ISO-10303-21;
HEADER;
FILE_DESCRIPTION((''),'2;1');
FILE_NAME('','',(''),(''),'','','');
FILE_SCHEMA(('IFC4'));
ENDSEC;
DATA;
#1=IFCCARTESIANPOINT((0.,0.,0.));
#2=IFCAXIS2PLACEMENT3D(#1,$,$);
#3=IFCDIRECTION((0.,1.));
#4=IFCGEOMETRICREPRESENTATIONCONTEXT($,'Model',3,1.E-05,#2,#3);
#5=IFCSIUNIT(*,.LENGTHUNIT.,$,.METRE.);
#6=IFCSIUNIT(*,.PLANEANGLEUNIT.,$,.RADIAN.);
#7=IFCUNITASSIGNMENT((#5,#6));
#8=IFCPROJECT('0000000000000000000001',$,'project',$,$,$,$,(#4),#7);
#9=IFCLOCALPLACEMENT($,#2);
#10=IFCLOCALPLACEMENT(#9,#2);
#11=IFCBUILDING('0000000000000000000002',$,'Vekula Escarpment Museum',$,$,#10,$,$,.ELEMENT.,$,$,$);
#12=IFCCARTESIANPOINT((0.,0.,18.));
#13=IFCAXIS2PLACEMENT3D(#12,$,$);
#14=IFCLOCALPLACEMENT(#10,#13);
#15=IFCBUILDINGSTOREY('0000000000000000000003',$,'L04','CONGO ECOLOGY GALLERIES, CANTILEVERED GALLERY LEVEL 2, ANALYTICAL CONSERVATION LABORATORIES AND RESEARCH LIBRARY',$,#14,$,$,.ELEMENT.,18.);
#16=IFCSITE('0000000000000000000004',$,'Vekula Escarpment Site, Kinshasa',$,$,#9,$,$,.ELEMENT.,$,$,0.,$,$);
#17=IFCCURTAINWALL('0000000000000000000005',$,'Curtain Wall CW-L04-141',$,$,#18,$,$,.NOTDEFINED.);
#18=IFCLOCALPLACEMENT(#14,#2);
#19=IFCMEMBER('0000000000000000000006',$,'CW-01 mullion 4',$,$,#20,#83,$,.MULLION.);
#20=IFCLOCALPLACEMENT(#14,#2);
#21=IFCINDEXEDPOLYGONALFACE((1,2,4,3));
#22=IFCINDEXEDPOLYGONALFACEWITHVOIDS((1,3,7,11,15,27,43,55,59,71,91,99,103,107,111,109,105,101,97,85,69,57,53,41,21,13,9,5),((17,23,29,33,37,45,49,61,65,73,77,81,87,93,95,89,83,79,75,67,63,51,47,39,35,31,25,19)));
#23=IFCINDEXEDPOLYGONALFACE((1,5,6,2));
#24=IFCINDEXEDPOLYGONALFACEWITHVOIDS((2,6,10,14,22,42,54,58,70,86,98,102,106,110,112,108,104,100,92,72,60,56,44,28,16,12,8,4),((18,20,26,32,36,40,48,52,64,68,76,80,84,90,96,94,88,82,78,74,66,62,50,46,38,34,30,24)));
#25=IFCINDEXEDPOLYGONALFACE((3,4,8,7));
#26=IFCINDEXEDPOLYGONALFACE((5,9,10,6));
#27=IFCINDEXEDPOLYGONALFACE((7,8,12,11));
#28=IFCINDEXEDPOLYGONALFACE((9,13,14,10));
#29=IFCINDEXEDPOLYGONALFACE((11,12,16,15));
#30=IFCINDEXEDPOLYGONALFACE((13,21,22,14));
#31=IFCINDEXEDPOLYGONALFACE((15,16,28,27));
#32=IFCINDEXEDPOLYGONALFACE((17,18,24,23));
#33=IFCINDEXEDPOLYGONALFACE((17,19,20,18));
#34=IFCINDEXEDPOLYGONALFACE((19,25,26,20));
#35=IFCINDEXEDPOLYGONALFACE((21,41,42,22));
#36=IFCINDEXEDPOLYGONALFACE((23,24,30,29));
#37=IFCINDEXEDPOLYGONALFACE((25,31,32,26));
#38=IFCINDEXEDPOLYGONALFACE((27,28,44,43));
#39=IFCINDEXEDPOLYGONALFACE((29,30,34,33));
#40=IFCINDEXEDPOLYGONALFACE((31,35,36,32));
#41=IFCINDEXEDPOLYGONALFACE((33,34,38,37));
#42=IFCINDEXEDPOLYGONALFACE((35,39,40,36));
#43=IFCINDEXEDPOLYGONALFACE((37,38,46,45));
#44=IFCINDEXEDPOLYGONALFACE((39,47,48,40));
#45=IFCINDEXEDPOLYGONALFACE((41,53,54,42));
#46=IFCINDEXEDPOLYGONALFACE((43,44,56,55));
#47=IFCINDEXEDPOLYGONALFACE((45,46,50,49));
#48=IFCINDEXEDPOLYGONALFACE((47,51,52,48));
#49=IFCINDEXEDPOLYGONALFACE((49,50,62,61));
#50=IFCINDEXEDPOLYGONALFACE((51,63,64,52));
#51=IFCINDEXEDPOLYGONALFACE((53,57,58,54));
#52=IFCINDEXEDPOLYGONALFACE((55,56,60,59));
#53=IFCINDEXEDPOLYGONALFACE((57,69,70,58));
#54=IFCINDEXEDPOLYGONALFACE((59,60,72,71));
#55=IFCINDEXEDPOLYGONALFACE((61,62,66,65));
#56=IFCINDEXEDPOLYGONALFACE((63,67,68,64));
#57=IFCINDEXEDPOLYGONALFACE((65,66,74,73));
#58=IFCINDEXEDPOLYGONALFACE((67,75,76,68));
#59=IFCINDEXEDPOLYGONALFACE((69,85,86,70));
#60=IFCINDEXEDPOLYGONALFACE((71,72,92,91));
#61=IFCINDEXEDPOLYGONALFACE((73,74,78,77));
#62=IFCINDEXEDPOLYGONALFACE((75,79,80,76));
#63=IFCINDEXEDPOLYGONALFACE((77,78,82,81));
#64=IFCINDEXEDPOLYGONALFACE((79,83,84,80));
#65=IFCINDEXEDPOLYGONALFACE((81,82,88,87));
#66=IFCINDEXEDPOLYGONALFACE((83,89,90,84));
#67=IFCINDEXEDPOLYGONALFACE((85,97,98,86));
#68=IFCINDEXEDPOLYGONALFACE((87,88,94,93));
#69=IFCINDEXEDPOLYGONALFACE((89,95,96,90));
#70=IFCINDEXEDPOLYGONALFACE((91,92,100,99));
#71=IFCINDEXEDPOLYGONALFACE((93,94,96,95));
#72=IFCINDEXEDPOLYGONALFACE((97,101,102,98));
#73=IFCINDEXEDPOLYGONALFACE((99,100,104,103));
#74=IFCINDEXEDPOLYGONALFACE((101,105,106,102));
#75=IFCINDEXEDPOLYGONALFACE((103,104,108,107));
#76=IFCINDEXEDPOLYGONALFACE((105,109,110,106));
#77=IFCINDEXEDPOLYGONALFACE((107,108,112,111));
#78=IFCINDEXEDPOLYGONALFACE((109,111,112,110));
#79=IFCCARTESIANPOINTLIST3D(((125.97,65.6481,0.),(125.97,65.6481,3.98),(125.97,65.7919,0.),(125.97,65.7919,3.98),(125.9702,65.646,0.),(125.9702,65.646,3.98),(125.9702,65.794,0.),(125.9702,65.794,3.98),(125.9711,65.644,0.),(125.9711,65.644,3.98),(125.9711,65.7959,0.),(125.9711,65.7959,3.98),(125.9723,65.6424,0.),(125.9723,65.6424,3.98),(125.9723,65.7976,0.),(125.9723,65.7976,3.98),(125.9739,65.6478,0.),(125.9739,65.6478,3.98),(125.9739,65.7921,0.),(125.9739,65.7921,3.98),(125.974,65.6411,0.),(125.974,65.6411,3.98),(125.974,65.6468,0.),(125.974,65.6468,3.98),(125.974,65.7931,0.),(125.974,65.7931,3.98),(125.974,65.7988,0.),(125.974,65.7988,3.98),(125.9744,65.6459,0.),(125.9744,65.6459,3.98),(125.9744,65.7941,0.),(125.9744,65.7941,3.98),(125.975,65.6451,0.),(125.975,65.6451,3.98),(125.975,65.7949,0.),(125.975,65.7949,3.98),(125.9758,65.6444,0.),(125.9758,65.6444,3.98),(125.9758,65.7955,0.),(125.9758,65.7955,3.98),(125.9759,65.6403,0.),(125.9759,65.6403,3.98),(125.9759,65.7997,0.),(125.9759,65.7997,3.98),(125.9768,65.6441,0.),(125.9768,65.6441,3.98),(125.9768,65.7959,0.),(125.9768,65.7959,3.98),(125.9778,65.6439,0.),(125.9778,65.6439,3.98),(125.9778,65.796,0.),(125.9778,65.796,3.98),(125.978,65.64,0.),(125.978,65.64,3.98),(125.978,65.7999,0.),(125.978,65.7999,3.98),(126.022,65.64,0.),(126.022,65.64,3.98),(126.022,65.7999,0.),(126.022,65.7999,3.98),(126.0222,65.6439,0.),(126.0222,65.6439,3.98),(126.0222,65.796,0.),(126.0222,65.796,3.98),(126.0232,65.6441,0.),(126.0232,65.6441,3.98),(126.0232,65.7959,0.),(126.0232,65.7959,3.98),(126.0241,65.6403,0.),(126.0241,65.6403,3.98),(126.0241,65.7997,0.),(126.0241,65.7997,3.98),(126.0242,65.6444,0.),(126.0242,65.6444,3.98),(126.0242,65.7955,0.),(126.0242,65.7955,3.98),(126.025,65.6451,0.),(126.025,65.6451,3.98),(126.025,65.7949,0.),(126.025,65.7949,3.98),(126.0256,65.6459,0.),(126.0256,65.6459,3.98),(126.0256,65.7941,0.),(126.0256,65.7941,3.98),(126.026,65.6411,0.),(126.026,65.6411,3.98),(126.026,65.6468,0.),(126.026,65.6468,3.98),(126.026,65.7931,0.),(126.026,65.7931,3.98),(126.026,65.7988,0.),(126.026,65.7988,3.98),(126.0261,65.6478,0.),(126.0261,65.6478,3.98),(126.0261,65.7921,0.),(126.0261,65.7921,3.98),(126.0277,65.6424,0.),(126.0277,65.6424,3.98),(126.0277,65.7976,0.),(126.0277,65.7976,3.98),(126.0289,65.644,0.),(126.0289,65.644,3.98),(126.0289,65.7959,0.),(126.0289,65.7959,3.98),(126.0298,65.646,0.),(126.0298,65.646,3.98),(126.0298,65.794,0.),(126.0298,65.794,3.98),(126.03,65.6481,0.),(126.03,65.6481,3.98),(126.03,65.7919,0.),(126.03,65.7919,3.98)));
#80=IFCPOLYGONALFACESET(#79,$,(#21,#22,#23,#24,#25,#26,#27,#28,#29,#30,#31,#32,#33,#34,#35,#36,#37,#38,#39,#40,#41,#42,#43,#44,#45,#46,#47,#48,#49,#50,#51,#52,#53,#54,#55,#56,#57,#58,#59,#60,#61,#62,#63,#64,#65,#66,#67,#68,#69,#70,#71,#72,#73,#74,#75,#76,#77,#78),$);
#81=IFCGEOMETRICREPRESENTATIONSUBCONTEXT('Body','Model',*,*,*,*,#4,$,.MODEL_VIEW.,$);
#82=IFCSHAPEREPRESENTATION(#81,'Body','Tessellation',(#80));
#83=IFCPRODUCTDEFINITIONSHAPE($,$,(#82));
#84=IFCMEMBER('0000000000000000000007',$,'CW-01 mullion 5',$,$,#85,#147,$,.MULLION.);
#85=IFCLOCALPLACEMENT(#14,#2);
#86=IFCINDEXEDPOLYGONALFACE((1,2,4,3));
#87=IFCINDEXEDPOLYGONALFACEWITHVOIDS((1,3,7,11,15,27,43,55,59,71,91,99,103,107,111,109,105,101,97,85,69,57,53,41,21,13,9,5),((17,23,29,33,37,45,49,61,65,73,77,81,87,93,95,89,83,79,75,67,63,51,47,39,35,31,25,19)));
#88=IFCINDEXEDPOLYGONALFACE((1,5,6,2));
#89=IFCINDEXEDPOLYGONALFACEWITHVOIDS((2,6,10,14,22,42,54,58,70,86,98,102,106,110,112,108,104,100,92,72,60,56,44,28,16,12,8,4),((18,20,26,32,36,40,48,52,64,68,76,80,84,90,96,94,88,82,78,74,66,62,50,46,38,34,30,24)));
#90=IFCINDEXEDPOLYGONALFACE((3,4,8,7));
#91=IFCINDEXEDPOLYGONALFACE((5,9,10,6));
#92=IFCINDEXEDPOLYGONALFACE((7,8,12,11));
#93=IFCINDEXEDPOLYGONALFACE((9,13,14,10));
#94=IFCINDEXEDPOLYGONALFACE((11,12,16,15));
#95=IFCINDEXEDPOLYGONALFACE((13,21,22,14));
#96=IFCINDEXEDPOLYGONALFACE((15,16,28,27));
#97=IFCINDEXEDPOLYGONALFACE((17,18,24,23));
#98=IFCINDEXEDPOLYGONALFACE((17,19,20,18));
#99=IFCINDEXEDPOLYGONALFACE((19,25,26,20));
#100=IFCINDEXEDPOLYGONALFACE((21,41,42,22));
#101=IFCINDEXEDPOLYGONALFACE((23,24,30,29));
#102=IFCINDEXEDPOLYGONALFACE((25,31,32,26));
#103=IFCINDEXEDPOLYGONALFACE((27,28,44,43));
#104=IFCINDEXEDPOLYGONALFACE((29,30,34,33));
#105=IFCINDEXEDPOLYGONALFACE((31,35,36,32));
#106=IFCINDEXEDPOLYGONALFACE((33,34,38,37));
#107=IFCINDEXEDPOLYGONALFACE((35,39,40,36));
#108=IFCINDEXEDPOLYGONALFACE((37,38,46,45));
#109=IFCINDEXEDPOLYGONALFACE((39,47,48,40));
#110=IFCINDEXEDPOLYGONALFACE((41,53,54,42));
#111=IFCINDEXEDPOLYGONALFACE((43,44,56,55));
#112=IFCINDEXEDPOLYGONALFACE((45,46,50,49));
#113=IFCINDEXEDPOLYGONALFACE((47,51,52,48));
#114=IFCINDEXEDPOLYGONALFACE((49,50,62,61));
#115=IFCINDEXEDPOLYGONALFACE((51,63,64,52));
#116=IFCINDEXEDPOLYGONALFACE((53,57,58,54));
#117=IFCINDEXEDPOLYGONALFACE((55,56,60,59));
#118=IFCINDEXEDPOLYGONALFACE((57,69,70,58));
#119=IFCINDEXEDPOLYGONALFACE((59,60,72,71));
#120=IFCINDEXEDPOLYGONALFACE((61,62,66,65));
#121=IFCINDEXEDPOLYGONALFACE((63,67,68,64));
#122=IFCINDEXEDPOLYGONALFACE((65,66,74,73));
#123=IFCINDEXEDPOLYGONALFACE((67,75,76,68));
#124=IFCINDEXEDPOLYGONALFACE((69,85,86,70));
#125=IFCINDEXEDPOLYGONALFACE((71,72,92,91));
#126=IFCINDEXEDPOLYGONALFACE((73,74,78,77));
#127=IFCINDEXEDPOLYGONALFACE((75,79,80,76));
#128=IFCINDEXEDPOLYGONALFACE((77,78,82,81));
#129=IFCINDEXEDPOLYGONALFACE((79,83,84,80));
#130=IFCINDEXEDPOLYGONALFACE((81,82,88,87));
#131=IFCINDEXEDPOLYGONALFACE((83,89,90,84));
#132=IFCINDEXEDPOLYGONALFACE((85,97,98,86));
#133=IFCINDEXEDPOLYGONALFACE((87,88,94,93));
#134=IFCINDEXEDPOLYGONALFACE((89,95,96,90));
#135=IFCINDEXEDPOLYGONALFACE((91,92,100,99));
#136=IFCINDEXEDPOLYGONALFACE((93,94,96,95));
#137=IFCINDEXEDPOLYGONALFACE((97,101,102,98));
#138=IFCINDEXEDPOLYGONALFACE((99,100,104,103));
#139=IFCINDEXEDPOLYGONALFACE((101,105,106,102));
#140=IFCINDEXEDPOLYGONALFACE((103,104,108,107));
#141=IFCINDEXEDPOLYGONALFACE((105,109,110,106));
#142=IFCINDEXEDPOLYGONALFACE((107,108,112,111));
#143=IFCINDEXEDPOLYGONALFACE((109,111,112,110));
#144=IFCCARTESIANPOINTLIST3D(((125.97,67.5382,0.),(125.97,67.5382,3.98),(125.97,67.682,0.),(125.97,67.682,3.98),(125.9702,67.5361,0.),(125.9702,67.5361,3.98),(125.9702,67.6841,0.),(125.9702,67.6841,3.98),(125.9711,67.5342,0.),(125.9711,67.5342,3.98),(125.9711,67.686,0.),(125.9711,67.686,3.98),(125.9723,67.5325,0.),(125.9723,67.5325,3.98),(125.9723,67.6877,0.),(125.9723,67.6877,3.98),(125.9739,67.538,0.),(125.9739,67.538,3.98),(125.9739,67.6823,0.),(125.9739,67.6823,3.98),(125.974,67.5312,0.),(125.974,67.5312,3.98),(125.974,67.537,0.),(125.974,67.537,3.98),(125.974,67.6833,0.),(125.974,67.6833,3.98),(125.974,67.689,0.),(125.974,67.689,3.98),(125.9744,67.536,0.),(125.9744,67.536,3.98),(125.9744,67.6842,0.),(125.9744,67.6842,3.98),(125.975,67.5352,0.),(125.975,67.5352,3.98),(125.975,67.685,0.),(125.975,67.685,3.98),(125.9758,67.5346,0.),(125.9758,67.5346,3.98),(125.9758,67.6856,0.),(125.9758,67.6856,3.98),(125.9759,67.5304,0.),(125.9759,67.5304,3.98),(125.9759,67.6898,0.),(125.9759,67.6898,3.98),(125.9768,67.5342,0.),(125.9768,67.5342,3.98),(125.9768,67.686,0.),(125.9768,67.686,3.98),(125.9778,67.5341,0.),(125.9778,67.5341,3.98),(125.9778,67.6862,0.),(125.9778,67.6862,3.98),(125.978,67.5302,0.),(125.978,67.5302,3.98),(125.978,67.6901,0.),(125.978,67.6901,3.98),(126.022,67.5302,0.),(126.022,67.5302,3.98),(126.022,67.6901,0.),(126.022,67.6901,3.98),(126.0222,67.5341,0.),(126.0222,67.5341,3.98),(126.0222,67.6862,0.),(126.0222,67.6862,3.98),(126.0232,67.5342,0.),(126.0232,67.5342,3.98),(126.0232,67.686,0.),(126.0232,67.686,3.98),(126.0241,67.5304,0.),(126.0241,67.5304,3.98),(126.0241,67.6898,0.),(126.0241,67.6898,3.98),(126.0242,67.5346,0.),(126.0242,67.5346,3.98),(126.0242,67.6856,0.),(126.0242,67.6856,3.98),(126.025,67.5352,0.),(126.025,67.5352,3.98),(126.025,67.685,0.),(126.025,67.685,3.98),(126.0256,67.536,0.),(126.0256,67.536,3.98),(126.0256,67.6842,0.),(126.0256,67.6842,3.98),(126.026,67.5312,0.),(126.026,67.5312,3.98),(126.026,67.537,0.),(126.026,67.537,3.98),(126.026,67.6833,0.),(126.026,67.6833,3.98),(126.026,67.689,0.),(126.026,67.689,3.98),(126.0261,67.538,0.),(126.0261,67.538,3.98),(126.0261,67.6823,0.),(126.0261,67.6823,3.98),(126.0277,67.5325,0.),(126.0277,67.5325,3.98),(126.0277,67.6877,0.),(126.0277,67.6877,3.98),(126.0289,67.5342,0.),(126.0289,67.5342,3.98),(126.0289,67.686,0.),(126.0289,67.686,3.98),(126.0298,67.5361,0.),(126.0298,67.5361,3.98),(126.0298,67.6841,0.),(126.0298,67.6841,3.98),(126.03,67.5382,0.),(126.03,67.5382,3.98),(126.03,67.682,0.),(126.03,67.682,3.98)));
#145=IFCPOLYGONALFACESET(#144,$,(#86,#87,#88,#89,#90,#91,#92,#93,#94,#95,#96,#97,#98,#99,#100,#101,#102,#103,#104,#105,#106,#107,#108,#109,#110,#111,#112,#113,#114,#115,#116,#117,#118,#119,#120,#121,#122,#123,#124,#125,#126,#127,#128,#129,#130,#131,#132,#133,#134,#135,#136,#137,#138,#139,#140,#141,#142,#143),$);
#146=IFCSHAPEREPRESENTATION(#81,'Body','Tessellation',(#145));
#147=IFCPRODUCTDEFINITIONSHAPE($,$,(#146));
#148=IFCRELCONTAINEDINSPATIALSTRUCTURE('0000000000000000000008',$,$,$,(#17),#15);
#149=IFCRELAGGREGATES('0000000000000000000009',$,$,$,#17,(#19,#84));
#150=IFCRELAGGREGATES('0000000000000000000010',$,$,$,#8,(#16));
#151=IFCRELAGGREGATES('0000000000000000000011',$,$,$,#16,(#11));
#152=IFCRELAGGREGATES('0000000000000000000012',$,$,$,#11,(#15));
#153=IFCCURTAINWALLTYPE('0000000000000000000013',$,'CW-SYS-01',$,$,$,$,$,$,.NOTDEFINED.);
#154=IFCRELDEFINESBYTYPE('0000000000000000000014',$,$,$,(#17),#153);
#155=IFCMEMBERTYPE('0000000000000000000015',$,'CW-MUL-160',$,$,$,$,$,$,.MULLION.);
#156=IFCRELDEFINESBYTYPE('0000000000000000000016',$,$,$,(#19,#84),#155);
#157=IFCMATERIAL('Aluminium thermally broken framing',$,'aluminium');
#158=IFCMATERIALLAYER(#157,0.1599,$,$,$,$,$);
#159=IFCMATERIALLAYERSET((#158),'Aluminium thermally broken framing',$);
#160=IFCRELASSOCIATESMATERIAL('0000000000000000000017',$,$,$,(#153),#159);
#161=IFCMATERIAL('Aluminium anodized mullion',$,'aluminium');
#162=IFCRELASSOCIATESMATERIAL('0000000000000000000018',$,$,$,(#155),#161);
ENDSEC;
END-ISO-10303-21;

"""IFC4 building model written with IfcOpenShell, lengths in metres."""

from ifc_helpers import new_model, si_unit, direction, frame, origin, origin_2d, place, context, subcontext, project, spatial, hollow_rectangle, extrude, material, layer, layer_set, material_profile, profile_set, type_object, element, aggregate, save


model = new_model("IFC4")

# Units and contexts
model_context = context("Model", 3, precision=1e-05, world=origin(), true_north=direction((0.0, 1.0)))
body_context = subcontext(model_context, "Body", "Model", "MODEL_VIEW")
ifc_project = project(units=[si_unit("LENGTHUNIT", "METRE"), si_unit("PLANEANGLEUNIT", "RADIAN")], contexts=[model_context])

# Site, building, storey
site_placement = place(None, origin())
site = spatial("IfcSite", under=ifc_project, at=site_placement, Name="Vekula Escarpment Site, Kinshasa", CompositionType="ELEMENT", RefElevation=0.0)
building_placement = place(site_placement, origin())
building = spatial("IfcBuilding", under=site, at=building_placement, Name="Vekula Escarpment Museum", CompositionType="ELEMENT")
storey_placement = place(building_placement, frame((0.0, 0.0, 18.0)))
storey = spatial("IfcBuildingStorey", under=building, at=storey_placement, Name="L04", Description="CONGO ECOLOGY GALLERIES, CANTILEVERED GALLERY LEVEL 2, ANALYTICAL CONSERVATION LABORATORIES AND RESEARCH LIBRARY", CompositionType="ELEMENT", Elevation=18.0)

# Curtain wall, members
ifc_material_1 = material(Name="Aluminium thermally broken framing", Category="aluminium")
ifc_layer_1 = layer(ifc_material_1, 0.1599)
ifc_layer_set_1 = layer_set([ifc_layer_1], Name="Aluminium thermally broken framing")
curtain_wall_type = type_object("IfcCurtainWallType", Name="CW-SYS-01", PredefinedType="NOTDEFINED", material=ifc_layer_set_1)
curtain_wall_placement = place(storey_placement, origin())
curtain_wall = element("IfcCurtainWall", 1, at=curtain_wall_placement, inside=storey, type_object=curtain_wall_type, Name="Curtain Wall CW-L04-141", PredefinedType="NOTDEFINED")
ifc_material_2 = material(Name="Aluminium anodized mullion", Category="aluminium")
ifc_material_profile_1 = material_profile(ifc_material_2, hollow_rectangle(XDim=0.0601, YDim=0.1599, WallThickness=0.0039, InnerFilletRadius=0.0039, OuterFilletRadius=0.0081, at=origin_2d()), Name="ALU 160x60x4")
ifc_profile_set_1 = profile_set([ifc_material_profile_1], Name="Aluminium anodized mullion")
member_type_1 = type_object("IfcMemberType", Name="CW-MUL-160", PredefinedType="MULLION", material=ifc_profile_set_1)
member_1_placement = place(storey_placement, frame((126.0, 65.72, 0.0), z_axis=(0.0, 0.0, 1.0), x_axis=(-1.0, 0.0, 0.0)))
member_1 = element("IfcMember", 2, at=member_1_placement, type_object=member_type_1, Name="CW-01 mullion 4", PredefinedType="MULLION", context=body_context, shape_type="SweptSolid", body=[
    extrude(hollow_rectangle(XDim=0.0601, YDim=0.1599, WallThickness=0.0039, InnerFilletRadius=0.0039, OuterFilletRadius=0.0081, at=origin_2d()), origin(), (0.0, 0.0, 1.0), 3.98),
])
member_2_placement = place(storey_placement, frame((126.0, 67.6101, 0.0), z_axis=(0.0, 0.0, 1.0), x_axis=(-1.0, 0.0, 0.0)))
member_2 = element("IfcMember", 3, at=member_2_placement, type_object=member_type_1, Name="CW-01 mullion 5", PredefinedType="MULLION", context=body_context, shape_type="SweptSolid", body=[
    extrude(hollow_rectangle(XDim=0.0601, YDim=0.1599, WallThickness=0.0039, InnerFilletRadius=0.0039, OuterFilletRadius=0.0081, at=origin_2d()), origin(), (0.0, 0.0, 1.0), 3.98),
])
aggregate(curtain_wall, [member_1, member_2])

save(model, "model.ifc")
